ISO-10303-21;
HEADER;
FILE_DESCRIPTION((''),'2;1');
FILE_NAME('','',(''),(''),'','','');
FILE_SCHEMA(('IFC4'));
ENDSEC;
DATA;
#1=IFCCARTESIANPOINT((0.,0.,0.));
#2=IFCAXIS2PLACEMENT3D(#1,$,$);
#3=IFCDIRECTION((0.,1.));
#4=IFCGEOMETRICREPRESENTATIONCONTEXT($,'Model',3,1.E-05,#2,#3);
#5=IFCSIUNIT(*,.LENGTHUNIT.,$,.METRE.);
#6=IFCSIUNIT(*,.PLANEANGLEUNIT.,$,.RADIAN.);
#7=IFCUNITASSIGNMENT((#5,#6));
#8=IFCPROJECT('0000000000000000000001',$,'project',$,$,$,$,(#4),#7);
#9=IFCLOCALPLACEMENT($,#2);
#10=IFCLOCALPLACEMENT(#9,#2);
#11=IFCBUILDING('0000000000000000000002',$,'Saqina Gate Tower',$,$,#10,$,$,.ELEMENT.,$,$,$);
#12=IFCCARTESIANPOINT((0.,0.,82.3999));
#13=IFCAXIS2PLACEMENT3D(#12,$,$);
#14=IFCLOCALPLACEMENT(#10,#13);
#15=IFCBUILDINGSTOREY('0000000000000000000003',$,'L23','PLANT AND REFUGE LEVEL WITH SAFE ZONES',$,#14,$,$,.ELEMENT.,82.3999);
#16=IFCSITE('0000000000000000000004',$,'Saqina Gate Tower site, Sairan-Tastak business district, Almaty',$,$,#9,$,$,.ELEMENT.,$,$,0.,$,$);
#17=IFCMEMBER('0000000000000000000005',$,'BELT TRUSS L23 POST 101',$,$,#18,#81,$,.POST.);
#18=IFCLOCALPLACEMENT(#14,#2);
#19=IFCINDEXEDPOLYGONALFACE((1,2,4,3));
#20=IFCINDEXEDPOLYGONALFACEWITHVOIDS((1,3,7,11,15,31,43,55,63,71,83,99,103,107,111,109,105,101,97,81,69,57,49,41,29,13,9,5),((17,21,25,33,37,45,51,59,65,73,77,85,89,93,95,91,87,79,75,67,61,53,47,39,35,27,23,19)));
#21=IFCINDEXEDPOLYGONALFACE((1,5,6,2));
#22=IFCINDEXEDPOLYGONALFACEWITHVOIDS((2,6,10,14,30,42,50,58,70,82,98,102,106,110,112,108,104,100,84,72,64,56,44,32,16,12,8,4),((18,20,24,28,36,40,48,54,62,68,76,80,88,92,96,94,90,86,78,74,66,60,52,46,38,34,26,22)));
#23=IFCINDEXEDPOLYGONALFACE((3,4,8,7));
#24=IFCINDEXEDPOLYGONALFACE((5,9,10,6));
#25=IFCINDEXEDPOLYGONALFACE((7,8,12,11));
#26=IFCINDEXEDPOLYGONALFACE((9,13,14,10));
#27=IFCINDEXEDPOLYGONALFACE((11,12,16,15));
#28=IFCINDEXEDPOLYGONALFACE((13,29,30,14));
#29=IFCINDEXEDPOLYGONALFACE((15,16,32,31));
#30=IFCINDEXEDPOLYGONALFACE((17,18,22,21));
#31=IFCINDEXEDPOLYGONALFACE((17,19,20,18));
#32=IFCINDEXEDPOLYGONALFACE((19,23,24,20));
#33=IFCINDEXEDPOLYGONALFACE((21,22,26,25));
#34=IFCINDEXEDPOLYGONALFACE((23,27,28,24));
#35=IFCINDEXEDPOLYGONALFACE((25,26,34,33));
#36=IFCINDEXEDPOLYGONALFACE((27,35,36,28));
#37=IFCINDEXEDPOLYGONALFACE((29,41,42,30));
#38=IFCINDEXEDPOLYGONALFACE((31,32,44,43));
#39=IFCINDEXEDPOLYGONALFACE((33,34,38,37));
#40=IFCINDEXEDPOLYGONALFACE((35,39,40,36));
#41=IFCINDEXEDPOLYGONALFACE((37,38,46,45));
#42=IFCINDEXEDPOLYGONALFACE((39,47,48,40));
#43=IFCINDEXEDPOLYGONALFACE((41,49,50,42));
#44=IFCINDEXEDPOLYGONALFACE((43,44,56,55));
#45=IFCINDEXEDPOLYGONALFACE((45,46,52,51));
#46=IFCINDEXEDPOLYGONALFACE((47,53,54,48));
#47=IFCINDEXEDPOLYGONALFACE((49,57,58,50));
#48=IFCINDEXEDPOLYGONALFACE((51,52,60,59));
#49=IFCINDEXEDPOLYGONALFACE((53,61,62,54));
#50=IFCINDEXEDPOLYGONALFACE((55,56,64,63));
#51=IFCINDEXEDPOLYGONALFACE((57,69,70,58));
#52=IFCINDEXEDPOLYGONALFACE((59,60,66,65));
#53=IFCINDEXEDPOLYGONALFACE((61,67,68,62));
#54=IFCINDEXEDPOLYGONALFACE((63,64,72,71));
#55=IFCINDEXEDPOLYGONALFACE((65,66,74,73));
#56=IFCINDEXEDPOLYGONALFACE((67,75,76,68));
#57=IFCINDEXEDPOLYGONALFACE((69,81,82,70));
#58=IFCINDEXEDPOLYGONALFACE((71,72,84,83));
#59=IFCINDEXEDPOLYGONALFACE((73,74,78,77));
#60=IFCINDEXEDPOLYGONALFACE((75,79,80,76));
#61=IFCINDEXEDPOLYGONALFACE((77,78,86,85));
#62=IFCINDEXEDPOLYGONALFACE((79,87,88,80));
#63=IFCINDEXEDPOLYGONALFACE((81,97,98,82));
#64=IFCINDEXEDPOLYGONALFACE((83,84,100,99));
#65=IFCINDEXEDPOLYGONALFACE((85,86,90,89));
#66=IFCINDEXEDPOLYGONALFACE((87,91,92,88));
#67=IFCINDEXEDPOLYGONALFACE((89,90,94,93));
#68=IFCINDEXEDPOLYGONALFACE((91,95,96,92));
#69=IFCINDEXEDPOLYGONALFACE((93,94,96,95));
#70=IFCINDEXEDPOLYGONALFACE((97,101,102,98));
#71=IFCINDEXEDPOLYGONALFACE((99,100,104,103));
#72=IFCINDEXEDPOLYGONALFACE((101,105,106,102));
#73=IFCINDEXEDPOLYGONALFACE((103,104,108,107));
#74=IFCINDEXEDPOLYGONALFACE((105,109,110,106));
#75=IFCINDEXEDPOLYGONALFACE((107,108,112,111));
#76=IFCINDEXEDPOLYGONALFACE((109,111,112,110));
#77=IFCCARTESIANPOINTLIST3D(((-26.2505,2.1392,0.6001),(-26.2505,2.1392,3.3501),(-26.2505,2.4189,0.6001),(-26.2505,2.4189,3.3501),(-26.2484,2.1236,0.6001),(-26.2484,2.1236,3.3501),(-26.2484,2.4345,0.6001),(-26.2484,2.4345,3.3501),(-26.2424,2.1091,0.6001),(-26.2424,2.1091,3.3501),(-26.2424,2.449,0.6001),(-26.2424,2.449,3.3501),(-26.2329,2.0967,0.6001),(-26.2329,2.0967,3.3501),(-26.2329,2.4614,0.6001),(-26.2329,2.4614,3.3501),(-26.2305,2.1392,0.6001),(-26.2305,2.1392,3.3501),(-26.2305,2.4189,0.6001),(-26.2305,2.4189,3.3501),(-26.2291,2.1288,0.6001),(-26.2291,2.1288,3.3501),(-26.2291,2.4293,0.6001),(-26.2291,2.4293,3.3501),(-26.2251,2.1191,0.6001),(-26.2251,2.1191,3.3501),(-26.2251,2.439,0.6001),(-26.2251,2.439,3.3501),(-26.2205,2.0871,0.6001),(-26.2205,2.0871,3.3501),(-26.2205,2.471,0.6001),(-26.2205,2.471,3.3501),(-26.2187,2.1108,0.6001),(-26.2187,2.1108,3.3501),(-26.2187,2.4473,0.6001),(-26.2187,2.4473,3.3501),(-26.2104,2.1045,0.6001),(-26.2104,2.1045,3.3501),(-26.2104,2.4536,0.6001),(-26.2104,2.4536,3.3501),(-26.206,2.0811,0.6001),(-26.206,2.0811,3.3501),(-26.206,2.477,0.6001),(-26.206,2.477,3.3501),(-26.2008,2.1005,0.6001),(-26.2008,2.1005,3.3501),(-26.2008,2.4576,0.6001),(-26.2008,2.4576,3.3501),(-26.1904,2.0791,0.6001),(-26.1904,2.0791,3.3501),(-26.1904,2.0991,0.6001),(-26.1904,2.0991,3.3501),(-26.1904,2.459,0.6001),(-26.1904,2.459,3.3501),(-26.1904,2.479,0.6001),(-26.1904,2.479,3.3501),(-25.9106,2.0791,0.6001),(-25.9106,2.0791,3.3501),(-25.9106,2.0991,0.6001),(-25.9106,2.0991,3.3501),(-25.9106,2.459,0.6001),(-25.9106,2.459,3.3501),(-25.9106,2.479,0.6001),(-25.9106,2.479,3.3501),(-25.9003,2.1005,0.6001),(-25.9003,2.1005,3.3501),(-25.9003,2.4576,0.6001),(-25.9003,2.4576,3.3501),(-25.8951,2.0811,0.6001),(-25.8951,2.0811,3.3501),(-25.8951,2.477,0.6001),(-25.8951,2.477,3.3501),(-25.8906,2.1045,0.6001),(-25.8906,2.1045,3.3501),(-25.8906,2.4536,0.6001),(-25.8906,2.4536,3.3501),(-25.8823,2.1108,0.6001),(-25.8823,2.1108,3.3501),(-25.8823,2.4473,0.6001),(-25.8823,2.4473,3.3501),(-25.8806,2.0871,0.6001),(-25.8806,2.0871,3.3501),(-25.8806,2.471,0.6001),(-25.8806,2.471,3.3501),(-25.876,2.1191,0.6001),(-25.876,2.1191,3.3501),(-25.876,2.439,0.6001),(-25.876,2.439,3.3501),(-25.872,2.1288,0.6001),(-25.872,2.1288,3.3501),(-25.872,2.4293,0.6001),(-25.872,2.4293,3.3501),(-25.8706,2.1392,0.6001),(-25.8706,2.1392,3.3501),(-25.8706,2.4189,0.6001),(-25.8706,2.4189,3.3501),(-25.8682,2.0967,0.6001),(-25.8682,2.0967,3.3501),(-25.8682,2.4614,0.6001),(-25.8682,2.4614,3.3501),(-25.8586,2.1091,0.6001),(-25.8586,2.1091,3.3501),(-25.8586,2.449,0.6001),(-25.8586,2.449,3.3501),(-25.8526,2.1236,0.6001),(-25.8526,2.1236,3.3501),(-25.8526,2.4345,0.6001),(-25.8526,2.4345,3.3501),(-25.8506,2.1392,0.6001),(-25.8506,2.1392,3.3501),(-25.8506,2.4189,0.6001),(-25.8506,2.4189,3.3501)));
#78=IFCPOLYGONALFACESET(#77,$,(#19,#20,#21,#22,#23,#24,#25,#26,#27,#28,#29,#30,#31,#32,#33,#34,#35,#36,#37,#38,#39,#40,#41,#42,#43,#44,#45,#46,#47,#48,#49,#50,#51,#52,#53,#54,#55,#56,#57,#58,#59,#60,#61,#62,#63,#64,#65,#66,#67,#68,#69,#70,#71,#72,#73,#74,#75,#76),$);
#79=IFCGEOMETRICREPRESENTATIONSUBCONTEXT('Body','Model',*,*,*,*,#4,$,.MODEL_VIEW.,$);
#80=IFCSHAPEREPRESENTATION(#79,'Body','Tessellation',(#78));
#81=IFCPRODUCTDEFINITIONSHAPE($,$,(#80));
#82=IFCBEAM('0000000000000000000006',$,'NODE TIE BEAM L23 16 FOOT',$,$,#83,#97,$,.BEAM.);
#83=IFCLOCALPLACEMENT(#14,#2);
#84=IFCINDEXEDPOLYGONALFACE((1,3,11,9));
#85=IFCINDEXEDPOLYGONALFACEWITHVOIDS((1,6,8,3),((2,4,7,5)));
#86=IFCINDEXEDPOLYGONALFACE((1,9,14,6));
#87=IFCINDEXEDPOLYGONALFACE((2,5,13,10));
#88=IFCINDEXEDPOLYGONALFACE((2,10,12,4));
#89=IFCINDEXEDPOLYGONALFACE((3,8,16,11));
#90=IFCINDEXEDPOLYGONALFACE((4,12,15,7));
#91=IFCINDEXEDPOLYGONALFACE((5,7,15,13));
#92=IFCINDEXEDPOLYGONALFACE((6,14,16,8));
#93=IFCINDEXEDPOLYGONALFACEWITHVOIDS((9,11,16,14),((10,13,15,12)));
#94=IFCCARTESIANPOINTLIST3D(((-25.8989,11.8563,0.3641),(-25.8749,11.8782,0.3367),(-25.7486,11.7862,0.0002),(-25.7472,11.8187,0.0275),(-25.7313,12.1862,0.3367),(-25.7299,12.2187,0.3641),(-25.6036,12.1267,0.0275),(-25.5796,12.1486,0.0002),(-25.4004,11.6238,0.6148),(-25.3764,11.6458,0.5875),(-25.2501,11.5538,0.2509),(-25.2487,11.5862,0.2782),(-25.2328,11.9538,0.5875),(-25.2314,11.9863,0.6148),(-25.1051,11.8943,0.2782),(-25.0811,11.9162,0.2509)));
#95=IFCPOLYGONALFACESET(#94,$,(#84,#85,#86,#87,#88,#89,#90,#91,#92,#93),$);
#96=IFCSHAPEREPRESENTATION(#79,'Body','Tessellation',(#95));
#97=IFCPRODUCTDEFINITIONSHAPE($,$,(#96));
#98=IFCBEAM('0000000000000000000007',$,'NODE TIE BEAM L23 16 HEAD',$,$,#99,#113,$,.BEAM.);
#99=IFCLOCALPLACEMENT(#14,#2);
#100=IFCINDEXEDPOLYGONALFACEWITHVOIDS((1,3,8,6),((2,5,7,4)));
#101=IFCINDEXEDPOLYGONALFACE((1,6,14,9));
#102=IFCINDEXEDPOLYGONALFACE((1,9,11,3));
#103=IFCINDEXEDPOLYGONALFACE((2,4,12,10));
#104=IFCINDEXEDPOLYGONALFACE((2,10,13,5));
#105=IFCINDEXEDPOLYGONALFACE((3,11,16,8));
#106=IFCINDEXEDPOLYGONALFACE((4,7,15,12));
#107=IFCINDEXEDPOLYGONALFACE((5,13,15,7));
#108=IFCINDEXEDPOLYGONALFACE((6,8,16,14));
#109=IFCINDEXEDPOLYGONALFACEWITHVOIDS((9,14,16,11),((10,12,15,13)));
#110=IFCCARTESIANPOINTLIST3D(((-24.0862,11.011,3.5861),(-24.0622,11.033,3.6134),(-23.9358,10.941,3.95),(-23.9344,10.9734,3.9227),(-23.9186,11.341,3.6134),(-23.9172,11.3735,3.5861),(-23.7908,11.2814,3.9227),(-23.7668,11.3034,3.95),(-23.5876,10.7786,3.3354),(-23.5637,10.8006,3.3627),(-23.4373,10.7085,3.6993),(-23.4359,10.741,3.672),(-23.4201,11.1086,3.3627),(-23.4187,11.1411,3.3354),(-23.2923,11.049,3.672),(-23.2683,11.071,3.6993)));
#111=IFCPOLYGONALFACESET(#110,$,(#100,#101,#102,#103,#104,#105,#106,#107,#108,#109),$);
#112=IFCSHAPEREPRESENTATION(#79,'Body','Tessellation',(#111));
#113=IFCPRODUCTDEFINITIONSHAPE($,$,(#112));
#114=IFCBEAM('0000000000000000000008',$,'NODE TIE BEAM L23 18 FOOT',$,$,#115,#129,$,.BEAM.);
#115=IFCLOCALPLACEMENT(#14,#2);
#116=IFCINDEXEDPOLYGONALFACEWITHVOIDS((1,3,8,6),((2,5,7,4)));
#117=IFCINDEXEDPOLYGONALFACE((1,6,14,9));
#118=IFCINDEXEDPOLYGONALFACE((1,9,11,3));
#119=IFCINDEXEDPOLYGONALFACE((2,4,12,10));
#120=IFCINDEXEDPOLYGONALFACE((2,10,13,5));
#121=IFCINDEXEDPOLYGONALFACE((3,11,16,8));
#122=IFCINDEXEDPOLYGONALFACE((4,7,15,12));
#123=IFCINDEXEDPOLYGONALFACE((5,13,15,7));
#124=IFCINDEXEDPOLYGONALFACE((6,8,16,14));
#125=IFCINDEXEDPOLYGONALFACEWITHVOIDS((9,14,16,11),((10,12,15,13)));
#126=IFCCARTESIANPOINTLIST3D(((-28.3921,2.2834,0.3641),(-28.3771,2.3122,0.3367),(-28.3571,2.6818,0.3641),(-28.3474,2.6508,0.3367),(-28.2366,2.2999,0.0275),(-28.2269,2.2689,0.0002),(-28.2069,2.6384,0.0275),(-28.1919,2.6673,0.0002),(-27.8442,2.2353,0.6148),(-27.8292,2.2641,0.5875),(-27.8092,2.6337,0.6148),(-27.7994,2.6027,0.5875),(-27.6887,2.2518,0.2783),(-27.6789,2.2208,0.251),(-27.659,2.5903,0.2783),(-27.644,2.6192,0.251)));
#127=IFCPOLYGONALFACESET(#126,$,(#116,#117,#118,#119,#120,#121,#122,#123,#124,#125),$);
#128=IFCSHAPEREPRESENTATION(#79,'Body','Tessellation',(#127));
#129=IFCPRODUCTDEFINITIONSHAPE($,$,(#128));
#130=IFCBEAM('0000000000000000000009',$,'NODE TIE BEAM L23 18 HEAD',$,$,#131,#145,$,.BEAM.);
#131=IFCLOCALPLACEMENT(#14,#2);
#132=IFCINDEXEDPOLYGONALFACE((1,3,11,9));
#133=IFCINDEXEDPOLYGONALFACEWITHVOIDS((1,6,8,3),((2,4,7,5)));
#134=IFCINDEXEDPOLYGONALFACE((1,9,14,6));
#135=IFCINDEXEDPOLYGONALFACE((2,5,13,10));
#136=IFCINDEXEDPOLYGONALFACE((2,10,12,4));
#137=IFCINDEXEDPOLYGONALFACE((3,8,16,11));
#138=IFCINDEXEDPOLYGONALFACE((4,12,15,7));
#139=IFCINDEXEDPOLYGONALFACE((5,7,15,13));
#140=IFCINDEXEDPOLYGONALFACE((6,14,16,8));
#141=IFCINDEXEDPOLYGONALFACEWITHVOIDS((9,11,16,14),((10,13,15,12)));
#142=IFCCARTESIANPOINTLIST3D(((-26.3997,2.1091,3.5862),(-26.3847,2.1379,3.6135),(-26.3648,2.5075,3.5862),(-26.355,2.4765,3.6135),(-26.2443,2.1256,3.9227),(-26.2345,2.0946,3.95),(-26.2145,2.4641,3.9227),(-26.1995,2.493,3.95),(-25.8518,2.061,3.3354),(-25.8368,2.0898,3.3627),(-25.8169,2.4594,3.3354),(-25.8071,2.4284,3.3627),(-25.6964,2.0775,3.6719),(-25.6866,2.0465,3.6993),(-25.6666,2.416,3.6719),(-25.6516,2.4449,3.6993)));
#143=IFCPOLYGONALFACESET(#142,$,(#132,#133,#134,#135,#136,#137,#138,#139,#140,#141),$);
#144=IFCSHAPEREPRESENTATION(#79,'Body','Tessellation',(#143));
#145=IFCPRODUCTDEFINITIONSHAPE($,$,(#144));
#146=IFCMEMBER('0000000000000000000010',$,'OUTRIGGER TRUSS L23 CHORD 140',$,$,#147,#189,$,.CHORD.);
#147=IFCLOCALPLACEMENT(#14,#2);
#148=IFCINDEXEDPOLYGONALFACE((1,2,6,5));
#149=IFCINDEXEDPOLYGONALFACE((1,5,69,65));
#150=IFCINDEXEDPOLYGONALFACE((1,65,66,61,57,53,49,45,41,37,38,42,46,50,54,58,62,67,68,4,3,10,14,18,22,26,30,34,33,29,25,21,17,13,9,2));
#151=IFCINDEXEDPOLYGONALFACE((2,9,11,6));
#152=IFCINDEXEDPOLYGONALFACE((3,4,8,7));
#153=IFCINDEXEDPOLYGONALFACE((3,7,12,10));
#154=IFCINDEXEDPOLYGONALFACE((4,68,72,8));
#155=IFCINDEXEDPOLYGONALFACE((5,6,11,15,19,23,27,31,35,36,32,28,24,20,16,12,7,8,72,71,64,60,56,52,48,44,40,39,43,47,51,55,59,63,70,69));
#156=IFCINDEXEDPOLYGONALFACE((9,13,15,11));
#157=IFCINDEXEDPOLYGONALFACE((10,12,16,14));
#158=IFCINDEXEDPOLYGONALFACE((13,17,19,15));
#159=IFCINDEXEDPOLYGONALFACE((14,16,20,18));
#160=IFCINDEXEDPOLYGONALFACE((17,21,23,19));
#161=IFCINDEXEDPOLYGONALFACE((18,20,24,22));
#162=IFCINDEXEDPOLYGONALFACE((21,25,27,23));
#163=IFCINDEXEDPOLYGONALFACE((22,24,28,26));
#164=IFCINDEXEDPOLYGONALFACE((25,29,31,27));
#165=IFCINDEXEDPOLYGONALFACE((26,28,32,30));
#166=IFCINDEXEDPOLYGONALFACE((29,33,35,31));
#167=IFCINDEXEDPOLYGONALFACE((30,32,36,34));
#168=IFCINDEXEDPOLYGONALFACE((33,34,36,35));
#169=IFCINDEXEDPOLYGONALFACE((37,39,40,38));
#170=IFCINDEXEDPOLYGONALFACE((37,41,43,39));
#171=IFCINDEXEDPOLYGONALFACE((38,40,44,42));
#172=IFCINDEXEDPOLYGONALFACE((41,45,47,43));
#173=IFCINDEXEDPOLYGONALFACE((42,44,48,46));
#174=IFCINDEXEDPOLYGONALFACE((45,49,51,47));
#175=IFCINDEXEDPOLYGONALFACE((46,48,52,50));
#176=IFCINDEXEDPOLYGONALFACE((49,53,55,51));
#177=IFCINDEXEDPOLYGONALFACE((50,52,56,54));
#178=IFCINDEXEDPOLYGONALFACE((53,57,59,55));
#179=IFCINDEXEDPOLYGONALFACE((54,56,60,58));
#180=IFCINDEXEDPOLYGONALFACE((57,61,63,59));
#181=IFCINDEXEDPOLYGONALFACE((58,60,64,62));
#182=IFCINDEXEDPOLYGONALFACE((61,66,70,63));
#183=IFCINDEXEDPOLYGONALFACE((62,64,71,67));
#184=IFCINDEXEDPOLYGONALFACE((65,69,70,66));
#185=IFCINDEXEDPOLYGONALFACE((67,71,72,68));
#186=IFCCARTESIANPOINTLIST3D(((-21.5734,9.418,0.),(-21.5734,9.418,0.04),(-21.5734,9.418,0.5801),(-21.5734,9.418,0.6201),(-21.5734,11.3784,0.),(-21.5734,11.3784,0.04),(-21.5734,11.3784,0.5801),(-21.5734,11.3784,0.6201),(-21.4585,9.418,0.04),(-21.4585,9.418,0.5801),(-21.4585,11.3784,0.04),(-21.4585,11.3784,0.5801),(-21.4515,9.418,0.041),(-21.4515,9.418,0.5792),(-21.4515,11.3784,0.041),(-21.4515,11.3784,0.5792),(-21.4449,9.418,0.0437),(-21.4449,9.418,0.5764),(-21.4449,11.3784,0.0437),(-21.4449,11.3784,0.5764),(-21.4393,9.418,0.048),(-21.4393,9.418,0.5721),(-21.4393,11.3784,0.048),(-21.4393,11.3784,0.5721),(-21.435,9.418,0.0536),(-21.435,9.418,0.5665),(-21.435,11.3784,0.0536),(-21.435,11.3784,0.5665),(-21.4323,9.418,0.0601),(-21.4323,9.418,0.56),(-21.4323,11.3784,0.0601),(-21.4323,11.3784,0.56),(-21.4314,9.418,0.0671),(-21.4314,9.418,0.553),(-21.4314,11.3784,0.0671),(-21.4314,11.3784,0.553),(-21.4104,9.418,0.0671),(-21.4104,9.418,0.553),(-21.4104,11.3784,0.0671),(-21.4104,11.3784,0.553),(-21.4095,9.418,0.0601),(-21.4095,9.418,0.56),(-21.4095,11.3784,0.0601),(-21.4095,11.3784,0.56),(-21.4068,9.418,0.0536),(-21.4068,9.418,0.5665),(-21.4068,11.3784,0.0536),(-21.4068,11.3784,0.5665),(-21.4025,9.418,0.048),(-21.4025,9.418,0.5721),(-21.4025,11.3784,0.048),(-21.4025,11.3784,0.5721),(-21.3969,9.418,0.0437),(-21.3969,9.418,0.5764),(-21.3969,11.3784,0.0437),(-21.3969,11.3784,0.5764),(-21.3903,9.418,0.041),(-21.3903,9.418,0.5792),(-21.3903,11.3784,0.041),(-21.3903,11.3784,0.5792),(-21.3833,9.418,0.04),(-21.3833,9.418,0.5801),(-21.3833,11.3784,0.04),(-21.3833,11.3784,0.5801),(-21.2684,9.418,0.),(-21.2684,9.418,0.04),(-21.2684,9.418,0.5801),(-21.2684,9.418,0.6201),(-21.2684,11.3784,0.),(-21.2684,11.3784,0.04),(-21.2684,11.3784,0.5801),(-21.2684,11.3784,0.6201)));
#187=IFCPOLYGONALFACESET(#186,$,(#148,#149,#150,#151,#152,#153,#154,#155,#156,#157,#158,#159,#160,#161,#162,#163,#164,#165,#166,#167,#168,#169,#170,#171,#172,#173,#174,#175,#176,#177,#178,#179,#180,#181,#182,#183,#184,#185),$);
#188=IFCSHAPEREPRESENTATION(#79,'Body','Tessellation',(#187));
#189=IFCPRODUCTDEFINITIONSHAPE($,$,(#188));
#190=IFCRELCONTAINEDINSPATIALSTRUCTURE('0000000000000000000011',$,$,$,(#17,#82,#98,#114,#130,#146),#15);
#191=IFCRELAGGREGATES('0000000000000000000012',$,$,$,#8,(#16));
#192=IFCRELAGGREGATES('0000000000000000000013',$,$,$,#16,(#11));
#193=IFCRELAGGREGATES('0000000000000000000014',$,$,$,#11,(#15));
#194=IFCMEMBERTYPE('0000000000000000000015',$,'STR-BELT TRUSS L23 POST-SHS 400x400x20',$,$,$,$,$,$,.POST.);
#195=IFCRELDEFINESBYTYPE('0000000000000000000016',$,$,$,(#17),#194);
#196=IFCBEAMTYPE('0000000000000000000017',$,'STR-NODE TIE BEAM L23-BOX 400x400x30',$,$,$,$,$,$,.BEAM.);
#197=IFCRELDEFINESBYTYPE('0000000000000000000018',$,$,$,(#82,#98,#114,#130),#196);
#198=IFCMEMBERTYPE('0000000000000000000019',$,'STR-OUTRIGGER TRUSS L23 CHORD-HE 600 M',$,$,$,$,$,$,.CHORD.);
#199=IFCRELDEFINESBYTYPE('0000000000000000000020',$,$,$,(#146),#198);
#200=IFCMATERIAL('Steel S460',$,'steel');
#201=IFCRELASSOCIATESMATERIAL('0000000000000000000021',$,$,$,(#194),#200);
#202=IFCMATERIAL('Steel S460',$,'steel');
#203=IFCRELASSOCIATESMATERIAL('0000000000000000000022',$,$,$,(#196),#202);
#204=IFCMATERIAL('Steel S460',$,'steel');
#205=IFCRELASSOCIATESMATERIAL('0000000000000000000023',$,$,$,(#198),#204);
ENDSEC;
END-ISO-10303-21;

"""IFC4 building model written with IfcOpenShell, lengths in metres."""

from ifc_helpers import new_model, si_unit, direction, frame, origin, origin_2d, place, context, subcontext, project, spatial, hollow_rectangle, i_section, extrude, material, material_profile, profile_set, type_object, element, save


model = new_model("IFC4")

# Units and contexts
model_context = context("Model", 3, precision=1e-05, world=origin(), true_north=direction((0.0, 1.0)))
body_context = subcontext(model_context, "Body", "Model", "MODEL_VIEW")
ifc_project = project(units=[si_unit("LENGTHUNIT", "METRE"), si_unit("PLANEANGLEUNIT", "RADIAN")], contexts=[model_context])

# Site, building, storey
site_placement = place(None, origin())
site = spatial("IfcSite", under=ifc_project, at=site_placement, Name="Saqina Gate Tower site, Sairan-Tastak business district, Almaty", CompositionType="ELEMENT", RefElevation=0.0)
building_placement = place(site_placement, origin())
building = spatial("IfcBuilding", under=site, at=building_placement, Name="Saqina Gate Tower", CompositionType="ELEMENT")
storey_placement = place(building_placement, frame((0.0, 0.0, 82.3999)))
storey = spatial("IfcBuildingStorey", under=building, at=storey_placement, Name="L23", Description="PLANT AND REFUGE LEVEL WITH SAFE ZONES", CompositionType="ELEMENT", Elevation=82.3999)

# Member
ifc_material_1 = material(Name="Steel S460", Category="steel")
ifc_material_profile_1 = material_profile(ifc_material_1, hollow_rectangle(XDim=0.3999, YDim=0.3999, WallThickness=0.02, InnerFilletRadius=0.04, OuterFilletRadius=0.0601, at=origin_2d()), Name="SHS 400x400x20")
ifc_profile_set_1 = profile_set([ifc_material_profile_1], Name="Steel S460")
member_type_1 = type_object("IfcMemberType", Name="STR-BELT TRUSS L23 POST-SHS 400x400x20", PredefinedType="POST", material=ifc_profile_set_1)
for number, where, z_axis, x_axis, name in (
    (1, (-26.0505, 2.2791, 0.6001), (0.0, 0.0, 1.0), (1.0, 0.0, 0.0), "BELT TRUSS L23 POST 101"),
):
    element("IfcMember", number, at=place(storey_placement, frame(where, z_axis=z_axis, x_axis=x_axis)), inside=storey, type_object=member_type_1, Name=name, PredefinedType="POST", context=body_context, shape_type="SweptSolid", body=[
        extrude(hollow_rectangle(XDim=0.3999, YDim=0.3999, WallThickness=0.02, InnerFilletRadius=0.04, OuterFilletRadius=0.0601, at=origin_2d()), origin(), (0.0, 0.0, 1.0), 2.75),
    ])

# Beams
ifc_material_2 = material(Name="Steel S460", Category="steel")
ifc_material_profile_2 = material_profile(ifc_material_2, hollow_rectangle(XDim=0.3999, YDim=0.3999, WallThickness=0.03, at=origin_2d()), Name="BOX 400x400x30")
ifc_profile_set_2 = profile_set([ifc_material_profile_2], Name="Steel S460")
beam_type = type_object("IfcBeamType", Name="STR-NODE TIE BEAM L23-BOX 400x400x30", PredefinedType="BEAM", material=ifc_profile_set_2)
for number, where, z_axis, x_axis, name in (
    (2, (-25.7393, 12.0024, 0.1821), (0.824702, -0.384484, 0.414774), (0.422545, 0.906342, 0.0), "NODE TIE BEAM L23 16 FOOT"),
    (3, (-23.428, 10.9248, 3.5173), (-0.824702, 0.384484, 0.414774), (-0.422545, -0.906342, 0.0), "NODE TIE BEAM L23 16 HEAD"),
    (4, (-28.292, 2.4753, 0.1821), (0.906412, -0.079574, 0.414833), (0.087453, 0.996169, 0.0), "NODE TIE BEAM L23 18 FOOT"),
    (5, (-25.7517, 2.2529, 3.5173), (-0.906412, 0.079574, 0.414833), (-0.087453, -0.996169, 0.0), "NODE TIE BEAM L23 18 HEAD"),
):
    element("IfcBeam", number, at=place(storey_placement, frame(where, z_axis=z_axis, x_axis=x_axis)), inside=storey, type_object=beam_type, Name=name, PredefinedType="BEAM", context=body_context, shape_type="SweptSolid", body=[
        extrude(hollow_rectangle(XDim=0.3999, YDim=0.3999, WallThickness=0.03, at=origin_2d()), origin(), (0.0, 0.0, 1.0), 0.6045),
    ])

# Member
ifc_material_3 = material(Name="Steel S460", Category="steel")
ifc_material_profile_3 = material_profile(ifc_material_3, i_section(OverallWidth=0.3049, OverallDepth=0.6201, WebThickness=0.021, FlangeThickness=0.04, FilletRadius=0.0271, at=origin_2d()), Name="HE 600 M")
ifc_profile_set_3 = profile_set([ifc_material_profile_3], Name="Steel S460")
member_type_2 = type_object("IfcMemberType", Name="STR-OUTRIGGER TRUSS L23 CHORD-HE 600 M", PredefinedType="CHORD", material=ifc_profile_set_3)
for number, where, z_axis, x_axis, name in (
    (6, (-21.4209, 9.418, 0.3101), (0.0, 1.0, 0.0), (-1.0, 0.0, 0.0), "OUTRIGGER TRUSS L23 CHORD 140"),
):
    element("IfcMember", number, at=place(storey_placement, frame(where, z_axis=z_axis, x_axis=x_axis)), inside=storey, type_object=member_type_2, Name=name, PredefinedType="CHORD", context=body_context, shape_type="SweptSolid", body=[
        extrude(i_section(OverallWidth=0.3049, OverallDepth=0.6201, WebThickness=0.021, FlangeThickness=0.04, FilletRadius=0.0271, at=origin_2d()), origin(), (0.0, 0.0, 1.0), 1.9604),
    ])

save(model, "model.ifc")
